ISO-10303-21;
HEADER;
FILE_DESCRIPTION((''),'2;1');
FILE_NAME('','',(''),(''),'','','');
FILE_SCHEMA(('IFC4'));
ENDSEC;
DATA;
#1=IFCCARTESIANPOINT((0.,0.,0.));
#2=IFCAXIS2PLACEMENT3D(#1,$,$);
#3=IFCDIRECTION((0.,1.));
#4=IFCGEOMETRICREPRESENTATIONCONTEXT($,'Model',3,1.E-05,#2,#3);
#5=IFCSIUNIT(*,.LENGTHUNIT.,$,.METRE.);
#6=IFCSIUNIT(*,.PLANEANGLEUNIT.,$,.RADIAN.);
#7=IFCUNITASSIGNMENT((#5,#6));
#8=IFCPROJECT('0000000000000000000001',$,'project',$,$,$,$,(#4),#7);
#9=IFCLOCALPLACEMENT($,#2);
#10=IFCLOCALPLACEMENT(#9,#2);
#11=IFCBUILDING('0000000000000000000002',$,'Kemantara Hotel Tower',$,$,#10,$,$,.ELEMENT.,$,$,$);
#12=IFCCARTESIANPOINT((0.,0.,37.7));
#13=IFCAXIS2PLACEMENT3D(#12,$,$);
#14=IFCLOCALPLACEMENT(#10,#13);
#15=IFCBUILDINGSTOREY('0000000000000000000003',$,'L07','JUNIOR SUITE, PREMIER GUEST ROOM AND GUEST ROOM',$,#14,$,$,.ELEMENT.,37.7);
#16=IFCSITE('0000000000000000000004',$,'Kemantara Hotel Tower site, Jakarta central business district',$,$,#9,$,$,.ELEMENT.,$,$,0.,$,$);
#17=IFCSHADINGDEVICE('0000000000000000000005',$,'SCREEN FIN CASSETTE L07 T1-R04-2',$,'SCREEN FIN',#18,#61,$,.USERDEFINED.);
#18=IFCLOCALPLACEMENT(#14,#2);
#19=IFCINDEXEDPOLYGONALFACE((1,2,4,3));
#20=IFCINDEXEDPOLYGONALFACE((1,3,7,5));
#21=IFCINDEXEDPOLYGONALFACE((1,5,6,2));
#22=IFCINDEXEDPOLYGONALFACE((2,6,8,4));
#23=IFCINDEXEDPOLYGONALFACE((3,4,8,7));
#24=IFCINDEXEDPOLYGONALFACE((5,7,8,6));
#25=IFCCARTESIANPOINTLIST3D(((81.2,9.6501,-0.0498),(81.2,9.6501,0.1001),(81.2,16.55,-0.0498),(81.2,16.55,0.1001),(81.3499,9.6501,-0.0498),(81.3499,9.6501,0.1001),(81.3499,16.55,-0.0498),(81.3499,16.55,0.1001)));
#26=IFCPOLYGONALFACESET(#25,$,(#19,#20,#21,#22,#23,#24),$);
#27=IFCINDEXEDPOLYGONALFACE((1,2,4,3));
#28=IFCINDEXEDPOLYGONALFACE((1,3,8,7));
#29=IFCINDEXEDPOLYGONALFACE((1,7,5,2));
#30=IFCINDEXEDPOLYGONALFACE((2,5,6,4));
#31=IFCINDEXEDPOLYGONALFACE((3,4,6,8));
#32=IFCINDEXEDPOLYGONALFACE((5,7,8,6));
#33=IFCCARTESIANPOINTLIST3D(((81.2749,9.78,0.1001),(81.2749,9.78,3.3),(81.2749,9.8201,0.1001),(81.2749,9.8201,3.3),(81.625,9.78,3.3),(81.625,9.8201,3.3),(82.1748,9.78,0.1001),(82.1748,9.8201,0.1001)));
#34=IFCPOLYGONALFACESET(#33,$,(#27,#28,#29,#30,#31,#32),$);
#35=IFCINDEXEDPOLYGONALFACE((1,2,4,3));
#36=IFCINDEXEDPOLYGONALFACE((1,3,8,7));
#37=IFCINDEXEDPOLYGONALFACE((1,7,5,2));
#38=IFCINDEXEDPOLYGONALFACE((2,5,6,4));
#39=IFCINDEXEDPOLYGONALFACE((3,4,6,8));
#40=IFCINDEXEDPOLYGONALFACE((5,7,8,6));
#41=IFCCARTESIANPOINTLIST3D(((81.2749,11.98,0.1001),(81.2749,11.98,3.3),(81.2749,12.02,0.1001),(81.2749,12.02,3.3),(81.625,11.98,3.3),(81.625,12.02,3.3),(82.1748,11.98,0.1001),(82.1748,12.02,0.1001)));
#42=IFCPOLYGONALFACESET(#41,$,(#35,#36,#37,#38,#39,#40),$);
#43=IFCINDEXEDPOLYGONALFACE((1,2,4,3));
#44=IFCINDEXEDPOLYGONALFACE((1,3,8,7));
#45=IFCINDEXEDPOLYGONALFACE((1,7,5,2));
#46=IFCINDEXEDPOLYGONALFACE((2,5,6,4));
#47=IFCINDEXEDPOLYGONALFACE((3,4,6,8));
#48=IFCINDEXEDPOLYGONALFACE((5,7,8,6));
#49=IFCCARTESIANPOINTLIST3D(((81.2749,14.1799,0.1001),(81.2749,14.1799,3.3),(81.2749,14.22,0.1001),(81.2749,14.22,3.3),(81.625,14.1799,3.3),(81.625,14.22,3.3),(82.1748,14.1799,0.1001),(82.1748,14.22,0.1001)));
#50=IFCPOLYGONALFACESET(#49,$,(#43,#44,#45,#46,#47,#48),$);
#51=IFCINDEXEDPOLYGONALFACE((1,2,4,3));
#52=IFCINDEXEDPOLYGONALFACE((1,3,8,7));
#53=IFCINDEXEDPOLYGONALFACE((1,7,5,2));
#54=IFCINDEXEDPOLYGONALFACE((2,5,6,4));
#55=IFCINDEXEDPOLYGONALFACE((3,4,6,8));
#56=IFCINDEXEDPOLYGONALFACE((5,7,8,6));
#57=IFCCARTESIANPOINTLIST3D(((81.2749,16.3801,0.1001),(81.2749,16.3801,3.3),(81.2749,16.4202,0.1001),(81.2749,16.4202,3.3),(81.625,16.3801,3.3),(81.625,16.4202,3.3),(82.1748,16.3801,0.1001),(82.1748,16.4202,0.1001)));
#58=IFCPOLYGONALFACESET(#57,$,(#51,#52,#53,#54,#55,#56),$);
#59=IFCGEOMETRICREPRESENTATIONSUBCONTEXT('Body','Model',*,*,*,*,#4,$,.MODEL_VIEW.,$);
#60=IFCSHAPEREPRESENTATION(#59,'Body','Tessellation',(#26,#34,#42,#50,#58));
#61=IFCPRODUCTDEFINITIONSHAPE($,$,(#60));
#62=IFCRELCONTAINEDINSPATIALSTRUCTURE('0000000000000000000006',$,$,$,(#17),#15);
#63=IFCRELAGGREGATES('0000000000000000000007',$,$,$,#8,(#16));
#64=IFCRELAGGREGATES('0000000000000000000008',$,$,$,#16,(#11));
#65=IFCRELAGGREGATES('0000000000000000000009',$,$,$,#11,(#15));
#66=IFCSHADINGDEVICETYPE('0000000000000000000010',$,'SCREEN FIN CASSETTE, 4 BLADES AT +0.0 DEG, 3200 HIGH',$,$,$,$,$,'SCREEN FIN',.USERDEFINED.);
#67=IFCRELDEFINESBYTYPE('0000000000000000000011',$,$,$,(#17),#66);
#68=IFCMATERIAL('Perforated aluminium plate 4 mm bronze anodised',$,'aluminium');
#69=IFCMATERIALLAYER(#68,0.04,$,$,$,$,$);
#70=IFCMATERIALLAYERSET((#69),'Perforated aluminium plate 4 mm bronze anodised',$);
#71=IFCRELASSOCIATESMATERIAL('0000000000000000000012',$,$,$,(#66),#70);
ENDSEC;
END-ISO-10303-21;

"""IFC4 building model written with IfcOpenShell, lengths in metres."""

from ifc_helpers import new_model, si_unit, direction, frame, origin, origin_2d, place, context, subcontext, project, spatial, polyline, rectangle, outline, extrude, source, transform, mapped, material, layer, layer_set, type_object, element, save


model = new_model("IFC4")

# Units and contexts
model_context = context("Model", 3, precision=1e-05, world=origin(), true_north=direction((0.0, 1.0)))
body_context = subcontext(model_context, "Body", "Model", "MODEL_VIEW")
ifc_project = project(units=[si_unit("LENGTHUNIT", "METRE"), si_unit("PLANEANGLEUNIT", "RADIAN")], contexts=[model_context])

# Site, building, storey
site_placement = place(None, origin())
site = spatial("IfcSite", under=ifc_project, at=site_placement, Name="Kemantara Hotel Tower site, Jakarta central business district", CompositionType="ELEMENT", RefElevation=0.0)
building_placement = place(site_placement, origin())
building = spatial("IfcBuilding", under=site, at=building_placement, Name="Kemantara Hotel Tower", CompositionType="ELEMENT")
storey_placement = place(building_placement, frame((0.0, 0.0, 37.7)))
storey = spatial("IfcBuildingStorey", under=building, at=storey_placement, Name="L07", Description="JUNIOR SUITE, PREMIER GUEST ROOM AND GUEST ROOM", CompositionType="ELEMENT", Elevation=37.7)

# Shading device
ifc_material_1 = material(Name="Perforated aluminium plate 4 mm bronze anodised", Category="aluminium")
ifc_layer_1 = layer(ifc_material_1, 0.04)
ifc_layer_set_1 = layer_set([ifc_layer_1], Name="Perforated aluminium plate 4 mm bronze anodised")
shading_device_type_1 = type_object("IfcShadingDeviceType", Name="SCREEN FIN CASSETTE, 4 BLADES AT +0.0 DEG, 3200 HIGH", ElementType="SCREEN FIN", PredefinedType="USERDEFINED", material=ifc_layer_set_1)
shared_shape_1 = source(origin(), body_context, "Body", "SweptSolid", [
    extrude(rectangle(XDim=6.8999, YDim=0.1499, at=origin_2d()), frame((3.3, -0.075, -0.1499), z_axis=(0.0, 0.0, 1.0), x_axis=(1.0, 0.0, 0.0)), (0.0, 0.0, 1.0), 0.1499),
    extrude(outline(polyline([(0.0, 0.0), (0.8999, 0.0), (0.3501, 3.2), (0.0, 3.2), (0.0, 0.0)])), frame((0.02, -0.075, 0.0), z_axis=(-1.0, 0.0, 0.0), x_axis=(0.0, -1.0, 0.0)), (0.0, 0.0, 1.0), 0.04),
    extrude(outline(polyline([(0.0, 0.0), (0.8999, 0.0), (0.3501, 3.2), (0.0, 3.2), (0.0, 0.0)])), frame((2.22, -0.075, 0.0), z_axis=(-1.0, 0.0, 0.0), x_axis=(0.0, -1.0, 0.0)), (0.0, 0.0, 1.0), 0.04),
    extrude(outline(polyline([(0.0, 0.0), (0.8999, 0.0), (0.3501, 3.2), (0.0, 3.2), (0.0, 0.0)])), frame((4.4199, -0.075, 0.0), z_axis=(-1.0, 0.0, 0.0), x_axis=(0.0, -1.0, 0.0)), (0.0, 0.0, 1.0), 0.04),
    extrude(outline(polyline([(0.0, 0.0), (0.8999, 0.0), (0.3501, 3.2), (0.0, 3.2), (0.0, 0.0)])), frame((6.6201, -0.075, 0.0), z_axis=(-1.0, 0.0, 0.0), x_axis=(0.0, -1.0, 0.0)), (0.0, 0.0, 1.0), 0.04),
])
shading_device_1_placement = place(storey_placement, frame((81.2, 9.8, 0.1001), z_axis=(0.0, 0.0, 1.0), x_axis=(0.0, 1.0, 0.0)))
element("IfcShadingDevice", 1, at=shading_device_1_placement, inside=storey, type_object=shading_device_type_1, Name="SCREEN FIN CASSETTE L07 T1-R04-2", ObjectType="SCREEN FIN", PredefinedType="USERDEFINED", context=body_context, shape_type="MappedRepresentation", body=[
    mapped(shared_shape_1, transform((0.0, 0.0, 0.0))),
])

save(model, "model.ifc")
